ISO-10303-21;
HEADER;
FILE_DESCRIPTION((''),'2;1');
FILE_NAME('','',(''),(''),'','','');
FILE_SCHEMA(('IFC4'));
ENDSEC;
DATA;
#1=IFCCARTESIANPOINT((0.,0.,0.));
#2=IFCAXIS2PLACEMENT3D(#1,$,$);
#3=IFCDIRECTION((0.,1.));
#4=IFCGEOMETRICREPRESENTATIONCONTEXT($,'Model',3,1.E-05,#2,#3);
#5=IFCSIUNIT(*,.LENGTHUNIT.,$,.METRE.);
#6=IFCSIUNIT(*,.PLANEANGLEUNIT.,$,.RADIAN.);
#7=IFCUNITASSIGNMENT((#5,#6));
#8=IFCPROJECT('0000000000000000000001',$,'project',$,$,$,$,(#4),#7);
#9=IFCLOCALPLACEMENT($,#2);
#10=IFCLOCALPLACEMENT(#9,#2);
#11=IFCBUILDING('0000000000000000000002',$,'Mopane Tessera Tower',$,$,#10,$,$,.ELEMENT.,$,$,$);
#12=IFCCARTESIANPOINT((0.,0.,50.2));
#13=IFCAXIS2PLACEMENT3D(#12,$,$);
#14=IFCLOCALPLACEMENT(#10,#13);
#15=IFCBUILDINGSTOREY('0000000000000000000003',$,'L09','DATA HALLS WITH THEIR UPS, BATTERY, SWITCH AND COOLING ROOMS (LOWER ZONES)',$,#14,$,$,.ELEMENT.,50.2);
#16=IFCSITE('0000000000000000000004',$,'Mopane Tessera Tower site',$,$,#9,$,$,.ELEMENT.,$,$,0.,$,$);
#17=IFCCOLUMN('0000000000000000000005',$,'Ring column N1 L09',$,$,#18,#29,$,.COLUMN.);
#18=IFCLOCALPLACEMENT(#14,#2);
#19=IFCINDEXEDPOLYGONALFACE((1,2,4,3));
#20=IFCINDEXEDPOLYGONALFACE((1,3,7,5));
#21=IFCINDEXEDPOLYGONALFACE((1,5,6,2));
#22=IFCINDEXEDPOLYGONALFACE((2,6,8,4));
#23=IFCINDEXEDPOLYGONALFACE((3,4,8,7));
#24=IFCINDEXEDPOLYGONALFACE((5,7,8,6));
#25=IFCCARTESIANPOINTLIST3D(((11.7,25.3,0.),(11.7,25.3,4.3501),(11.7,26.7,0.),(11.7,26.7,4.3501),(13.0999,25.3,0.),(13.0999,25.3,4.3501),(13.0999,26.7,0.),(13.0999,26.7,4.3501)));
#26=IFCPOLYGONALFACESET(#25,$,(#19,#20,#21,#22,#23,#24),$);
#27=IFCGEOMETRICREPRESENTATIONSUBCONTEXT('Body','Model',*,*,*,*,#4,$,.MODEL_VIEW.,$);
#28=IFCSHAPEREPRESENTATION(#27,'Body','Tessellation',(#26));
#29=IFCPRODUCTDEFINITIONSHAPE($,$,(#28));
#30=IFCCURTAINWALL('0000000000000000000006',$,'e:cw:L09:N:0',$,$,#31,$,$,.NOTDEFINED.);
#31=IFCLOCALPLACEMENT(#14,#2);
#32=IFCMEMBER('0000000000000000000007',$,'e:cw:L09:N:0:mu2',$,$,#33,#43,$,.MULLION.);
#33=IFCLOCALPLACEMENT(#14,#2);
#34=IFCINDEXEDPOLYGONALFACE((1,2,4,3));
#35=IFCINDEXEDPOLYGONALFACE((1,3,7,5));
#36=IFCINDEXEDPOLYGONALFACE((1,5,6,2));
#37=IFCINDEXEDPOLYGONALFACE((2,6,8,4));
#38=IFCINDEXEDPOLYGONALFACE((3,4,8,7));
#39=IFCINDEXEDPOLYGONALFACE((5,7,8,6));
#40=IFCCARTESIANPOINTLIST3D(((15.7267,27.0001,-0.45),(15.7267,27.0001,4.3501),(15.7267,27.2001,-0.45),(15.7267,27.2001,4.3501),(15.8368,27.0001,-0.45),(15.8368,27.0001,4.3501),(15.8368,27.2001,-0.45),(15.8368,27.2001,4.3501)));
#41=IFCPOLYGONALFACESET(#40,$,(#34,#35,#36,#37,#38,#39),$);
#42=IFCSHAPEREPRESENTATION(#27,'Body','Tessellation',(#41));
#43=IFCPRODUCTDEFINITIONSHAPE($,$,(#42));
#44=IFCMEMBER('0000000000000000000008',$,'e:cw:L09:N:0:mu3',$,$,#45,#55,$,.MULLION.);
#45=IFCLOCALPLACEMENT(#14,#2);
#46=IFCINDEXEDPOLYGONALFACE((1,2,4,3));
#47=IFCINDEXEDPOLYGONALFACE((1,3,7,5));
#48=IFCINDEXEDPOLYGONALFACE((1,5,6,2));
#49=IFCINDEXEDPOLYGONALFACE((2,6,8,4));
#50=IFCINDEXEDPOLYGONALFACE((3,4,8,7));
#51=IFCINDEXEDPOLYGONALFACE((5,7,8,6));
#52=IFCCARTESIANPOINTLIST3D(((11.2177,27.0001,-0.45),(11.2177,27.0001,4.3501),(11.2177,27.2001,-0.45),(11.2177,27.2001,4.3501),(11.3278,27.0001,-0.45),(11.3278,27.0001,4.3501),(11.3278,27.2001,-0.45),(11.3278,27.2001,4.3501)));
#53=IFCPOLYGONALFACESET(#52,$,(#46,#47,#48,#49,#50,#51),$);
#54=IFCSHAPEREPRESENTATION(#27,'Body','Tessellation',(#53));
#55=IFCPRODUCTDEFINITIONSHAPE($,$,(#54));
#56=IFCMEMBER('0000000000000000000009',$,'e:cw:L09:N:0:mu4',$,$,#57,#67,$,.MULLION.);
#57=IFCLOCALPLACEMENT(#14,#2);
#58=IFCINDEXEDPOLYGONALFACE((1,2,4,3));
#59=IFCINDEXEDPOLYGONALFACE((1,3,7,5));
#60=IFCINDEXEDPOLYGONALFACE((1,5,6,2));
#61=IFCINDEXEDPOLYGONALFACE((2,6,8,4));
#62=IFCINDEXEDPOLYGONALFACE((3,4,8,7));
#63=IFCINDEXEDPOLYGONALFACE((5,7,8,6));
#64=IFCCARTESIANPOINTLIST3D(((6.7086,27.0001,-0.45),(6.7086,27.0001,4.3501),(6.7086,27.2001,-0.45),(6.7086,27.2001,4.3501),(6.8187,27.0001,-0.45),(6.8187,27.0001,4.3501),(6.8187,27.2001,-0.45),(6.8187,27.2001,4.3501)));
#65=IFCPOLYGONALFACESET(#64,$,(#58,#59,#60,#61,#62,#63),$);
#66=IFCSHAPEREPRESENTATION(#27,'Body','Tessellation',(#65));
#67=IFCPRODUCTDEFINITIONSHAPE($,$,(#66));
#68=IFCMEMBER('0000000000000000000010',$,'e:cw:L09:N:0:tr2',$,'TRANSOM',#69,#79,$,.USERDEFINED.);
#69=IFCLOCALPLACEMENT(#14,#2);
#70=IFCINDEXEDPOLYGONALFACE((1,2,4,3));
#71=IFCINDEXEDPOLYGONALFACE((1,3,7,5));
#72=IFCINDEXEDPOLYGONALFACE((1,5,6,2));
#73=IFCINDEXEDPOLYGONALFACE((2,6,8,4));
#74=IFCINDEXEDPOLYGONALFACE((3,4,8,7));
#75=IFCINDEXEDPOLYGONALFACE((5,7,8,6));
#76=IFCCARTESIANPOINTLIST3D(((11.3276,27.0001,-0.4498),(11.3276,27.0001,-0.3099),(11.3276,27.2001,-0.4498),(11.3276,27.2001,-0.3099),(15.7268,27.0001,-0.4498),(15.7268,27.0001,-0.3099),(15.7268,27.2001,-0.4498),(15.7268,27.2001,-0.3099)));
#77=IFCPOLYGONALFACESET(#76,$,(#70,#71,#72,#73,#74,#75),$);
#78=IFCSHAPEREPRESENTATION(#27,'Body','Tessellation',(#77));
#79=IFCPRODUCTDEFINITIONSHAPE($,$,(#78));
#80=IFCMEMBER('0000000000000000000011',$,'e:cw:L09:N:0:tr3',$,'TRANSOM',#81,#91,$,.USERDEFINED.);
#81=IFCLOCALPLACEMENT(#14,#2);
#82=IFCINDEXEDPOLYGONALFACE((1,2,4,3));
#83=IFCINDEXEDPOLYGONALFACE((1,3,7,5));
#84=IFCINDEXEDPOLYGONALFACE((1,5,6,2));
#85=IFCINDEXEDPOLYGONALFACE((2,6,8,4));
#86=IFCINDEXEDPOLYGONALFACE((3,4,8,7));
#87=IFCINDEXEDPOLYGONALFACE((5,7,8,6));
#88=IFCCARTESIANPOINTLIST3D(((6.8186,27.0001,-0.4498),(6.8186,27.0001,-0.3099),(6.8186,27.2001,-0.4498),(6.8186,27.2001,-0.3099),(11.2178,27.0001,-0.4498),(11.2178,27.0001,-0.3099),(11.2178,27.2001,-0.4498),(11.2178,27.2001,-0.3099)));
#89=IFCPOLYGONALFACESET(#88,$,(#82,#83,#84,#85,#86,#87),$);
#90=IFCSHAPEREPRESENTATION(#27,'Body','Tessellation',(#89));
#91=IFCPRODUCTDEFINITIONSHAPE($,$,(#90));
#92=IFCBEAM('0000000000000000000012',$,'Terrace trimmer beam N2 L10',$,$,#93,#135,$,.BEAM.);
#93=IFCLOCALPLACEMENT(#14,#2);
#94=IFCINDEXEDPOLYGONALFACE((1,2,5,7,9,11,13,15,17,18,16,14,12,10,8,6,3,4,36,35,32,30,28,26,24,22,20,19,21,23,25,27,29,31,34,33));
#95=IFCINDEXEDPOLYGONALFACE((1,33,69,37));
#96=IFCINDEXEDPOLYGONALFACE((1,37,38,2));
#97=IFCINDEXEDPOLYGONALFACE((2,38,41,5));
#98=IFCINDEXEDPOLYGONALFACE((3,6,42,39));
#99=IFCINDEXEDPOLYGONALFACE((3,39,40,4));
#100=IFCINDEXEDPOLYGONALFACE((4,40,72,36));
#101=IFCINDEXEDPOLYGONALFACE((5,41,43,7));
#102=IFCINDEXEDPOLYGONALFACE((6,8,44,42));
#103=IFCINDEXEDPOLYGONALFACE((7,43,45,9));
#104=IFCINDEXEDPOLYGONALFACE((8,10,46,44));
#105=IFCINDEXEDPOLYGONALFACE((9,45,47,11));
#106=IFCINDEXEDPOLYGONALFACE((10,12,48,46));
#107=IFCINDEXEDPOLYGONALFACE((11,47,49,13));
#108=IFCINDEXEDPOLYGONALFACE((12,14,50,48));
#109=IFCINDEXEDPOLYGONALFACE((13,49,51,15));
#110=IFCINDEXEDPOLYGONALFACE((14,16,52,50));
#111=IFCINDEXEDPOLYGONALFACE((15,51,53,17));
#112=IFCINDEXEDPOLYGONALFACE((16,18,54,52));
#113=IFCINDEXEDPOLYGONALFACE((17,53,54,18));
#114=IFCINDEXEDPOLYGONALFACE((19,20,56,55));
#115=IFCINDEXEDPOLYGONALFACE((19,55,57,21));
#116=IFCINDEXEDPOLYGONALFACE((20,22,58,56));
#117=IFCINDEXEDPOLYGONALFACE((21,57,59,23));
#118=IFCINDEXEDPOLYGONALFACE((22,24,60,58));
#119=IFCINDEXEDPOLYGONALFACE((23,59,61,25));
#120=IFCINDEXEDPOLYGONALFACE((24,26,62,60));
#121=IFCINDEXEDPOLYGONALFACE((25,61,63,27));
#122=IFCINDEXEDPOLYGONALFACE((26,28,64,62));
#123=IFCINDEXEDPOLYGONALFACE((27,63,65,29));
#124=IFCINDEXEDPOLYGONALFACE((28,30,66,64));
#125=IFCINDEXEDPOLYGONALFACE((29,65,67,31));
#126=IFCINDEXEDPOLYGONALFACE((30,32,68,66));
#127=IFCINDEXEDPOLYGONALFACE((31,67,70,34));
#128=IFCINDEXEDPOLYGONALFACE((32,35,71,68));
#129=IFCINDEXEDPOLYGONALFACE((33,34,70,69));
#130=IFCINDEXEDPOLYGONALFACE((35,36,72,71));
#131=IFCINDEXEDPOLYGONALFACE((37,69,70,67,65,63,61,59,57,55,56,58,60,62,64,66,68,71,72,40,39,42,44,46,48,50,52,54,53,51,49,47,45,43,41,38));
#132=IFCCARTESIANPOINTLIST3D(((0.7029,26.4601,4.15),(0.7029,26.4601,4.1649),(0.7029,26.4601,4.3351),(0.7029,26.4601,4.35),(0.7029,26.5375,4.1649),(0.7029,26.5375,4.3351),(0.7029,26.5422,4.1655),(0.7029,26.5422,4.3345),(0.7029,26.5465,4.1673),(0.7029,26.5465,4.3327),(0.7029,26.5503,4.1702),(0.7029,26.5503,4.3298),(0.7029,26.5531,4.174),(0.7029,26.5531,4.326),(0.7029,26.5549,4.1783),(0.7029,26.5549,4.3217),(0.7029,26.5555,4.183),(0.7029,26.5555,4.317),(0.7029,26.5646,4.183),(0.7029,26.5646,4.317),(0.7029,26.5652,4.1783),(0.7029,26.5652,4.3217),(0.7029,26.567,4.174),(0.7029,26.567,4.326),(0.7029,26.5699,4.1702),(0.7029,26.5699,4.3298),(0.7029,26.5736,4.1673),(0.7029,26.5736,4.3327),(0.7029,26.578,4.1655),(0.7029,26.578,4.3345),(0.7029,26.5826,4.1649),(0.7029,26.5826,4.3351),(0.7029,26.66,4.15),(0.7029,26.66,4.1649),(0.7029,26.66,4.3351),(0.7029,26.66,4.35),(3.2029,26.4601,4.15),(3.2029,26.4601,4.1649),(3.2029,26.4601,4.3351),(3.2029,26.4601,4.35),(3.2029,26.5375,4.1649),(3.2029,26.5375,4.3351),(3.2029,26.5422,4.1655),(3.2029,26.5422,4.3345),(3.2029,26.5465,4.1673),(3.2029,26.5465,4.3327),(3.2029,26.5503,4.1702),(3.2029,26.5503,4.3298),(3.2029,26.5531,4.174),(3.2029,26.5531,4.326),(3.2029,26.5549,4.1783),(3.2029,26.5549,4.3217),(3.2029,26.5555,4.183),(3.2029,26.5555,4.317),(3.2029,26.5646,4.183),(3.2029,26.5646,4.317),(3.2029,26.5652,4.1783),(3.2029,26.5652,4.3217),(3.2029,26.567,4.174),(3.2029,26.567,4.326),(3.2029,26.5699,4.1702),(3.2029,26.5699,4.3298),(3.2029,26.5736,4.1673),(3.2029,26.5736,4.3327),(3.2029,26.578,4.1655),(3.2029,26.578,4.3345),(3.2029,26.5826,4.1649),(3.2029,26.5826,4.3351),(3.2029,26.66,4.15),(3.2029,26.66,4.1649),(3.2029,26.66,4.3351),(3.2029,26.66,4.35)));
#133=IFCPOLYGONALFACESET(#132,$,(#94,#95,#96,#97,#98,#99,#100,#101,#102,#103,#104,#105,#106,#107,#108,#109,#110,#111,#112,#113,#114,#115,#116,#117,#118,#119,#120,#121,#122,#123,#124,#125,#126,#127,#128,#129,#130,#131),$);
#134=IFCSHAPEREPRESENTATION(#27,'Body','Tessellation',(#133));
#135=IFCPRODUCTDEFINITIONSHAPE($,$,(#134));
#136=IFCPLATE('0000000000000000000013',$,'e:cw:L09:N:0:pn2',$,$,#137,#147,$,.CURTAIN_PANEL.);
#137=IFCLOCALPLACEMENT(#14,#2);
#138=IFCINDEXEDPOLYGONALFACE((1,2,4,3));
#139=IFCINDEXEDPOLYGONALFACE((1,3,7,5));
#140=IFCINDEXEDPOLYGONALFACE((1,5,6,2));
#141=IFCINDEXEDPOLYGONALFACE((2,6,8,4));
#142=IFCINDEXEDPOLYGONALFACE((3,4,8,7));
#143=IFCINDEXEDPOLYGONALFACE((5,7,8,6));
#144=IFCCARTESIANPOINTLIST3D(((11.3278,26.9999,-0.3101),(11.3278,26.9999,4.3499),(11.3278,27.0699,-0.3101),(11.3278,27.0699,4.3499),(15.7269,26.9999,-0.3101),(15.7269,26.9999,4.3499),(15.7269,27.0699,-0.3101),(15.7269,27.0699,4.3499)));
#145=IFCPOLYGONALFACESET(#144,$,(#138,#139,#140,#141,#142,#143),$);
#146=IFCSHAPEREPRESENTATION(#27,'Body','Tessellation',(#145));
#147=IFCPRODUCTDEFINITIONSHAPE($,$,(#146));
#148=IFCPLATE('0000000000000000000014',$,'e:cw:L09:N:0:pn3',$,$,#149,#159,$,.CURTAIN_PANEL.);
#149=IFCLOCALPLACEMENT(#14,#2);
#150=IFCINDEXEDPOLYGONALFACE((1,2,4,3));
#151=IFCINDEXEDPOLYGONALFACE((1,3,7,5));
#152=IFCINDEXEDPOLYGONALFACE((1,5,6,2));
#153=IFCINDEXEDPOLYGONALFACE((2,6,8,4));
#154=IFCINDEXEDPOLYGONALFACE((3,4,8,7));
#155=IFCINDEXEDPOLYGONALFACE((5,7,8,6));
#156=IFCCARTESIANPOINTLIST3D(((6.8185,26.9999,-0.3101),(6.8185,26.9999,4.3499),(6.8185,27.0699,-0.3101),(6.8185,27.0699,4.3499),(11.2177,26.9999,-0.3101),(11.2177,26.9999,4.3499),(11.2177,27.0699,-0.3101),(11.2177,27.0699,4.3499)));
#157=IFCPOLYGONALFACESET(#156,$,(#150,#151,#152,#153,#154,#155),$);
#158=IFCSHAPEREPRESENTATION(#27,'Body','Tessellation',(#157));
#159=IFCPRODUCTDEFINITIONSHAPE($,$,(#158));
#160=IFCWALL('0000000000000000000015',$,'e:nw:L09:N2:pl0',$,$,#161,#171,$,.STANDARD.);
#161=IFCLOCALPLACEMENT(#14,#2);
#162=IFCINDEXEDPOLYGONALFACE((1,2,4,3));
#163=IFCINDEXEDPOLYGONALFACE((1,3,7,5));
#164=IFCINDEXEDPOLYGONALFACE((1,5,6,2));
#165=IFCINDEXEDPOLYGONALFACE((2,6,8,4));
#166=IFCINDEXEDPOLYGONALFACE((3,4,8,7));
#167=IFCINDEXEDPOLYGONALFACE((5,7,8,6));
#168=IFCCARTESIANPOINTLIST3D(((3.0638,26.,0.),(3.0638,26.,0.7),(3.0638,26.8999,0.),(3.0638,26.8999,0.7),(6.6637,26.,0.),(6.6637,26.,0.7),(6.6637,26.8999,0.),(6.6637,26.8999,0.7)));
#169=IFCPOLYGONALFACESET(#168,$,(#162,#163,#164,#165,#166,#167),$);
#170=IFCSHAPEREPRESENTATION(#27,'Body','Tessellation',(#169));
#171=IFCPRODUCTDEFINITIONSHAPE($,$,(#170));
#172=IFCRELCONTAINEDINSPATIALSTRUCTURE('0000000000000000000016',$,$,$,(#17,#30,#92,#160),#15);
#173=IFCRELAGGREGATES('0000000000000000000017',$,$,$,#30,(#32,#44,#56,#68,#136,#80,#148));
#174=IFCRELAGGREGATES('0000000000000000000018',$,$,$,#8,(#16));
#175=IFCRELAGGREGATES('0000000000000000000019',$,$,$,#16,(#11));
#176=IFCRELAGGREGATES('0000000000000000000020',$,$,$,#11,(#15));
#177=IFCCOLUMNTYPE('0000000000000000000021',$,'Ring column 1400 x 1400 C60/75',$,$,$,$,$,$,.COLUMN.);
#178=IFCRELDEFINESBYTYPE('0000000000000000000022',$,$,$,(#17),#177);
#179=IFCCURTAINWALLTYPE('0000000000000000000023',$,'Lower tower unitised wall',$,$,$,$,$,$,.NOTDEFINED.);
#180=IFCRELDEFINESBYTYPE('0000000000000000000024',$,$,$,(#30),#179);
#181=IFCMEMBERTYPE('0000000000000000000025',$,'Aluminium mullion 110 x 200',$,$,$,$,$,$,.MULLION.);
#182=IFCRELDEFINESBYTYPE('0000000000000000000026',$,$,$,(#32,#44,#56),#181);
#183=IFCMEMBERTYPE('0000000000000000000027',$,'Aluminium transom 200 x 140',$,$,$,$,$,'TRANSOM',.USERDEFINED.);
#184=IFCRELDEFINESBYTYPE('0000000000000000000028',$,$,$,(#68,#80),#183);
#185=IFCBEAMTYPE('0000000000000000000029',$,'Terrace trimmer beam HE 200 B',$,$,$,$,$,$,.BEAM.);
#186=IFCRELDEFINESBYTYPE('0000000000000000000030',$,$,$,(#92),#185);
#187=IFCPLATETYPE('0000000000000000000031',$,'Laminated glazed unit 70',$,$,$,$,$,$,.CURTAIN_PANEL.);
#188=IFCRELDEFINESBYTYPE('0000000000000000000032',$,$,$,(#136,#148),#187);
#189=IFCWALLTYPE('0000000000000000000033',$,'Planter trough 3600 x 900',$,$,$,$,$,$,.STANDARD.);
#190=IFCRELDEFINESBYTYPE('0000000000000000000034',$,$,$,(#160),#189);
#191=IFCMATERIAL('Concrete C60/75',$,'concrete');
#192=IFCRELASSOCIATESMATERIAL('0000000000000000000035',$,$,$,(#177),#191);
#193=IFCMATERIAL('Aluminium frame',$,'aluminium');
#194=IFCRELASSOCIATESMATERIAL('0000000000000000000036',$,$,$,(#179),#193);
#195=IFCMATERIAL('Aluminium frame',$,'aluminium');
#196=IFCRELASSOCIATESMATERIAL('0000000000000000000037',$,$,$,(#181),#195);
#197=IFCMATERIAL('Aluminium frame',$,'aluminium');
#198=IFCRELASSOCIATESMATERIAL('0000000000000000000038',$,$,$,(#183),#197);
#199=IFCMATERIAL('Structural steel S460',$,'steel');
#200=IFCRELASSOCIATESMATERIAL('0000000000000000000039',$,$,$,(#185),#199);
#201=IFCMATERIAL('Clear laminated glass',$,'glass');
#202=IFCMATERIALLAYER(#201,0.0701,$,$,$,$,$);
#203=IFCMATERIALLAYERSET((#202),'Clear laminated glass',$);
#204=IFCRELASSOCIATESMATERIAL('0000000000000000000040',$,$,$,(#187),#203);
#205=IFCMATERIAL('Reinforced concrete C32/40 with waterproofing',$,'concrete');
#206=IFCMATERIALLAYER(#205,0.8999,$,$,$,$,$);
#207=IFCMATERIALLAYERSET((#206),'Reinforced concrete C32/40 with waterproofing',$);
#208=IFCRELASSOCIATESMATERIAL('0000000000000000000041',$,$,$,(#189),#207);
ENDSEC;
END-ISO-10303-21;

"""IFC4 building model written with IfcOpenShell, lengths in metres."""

from ifc_helpers import new_model, si_unit, direction, frame, frame_2d, origin, origin_2d, place, context, subcontext, project, spatial, rectangle, i_section, extrude, material, layer, layer_set, material_profile, profile_set, type_object, element, aggregate, save


model = new_model("IFC4")

# Units and contexts
model_context = context("Model", 3, precision=1e-05, world=origin(), true_north=direction((0.0, 1.0)))
body_context = subcontext(model_context, "Body", "Model", "MODEL_VIEW")
ifc_project = project(units=[si_unit("LENGTHUNIT", "METRE"), si_unit("PLANEANGLEUNIT", "RADIAN")], contexts=[model_context])

# Site, building, storey
site_placement = place(None, origin())
site = spatial("IfcSite", under=ifc_project, at=site_placement, Name="Mopane Tessera Tower site", CompositionType="ELEMENT", RefElevation=0.0)
building_placement = place(site_placement, origin())
building = spatial("IfcBuilding", under=site, at=building_placement, Name="Mopane Tessera Tower", CompositionType="ELEMENT")
storey_placement = place(building_placement, frame((0.0, 0.0, 50.2)))
storey = spatial("IfcBuildingStorey", under=building, at=storey_placement, Name="L09", Description="DATA HALLS WITH THEIR UPS, BATTERY, SWITCH AND COOLING ROOMS (LOWER ZONES)", CompositionType="ELEMENT", Elevation=50.2)

# Column
ifc_material_1 = material(Name="Concrete C60/75", Category="concrete")
ifc_material_profile_1 = material_profile(ifc_material_1, rectangle(XDim=1.3999, YDim=1.3999, at=origin_2d()))
ifc_profile_set_1 = profile_set([ifc_material_profile_1], Name="Concrete C60/75")
column_type = type_object("IfcColumnType", Name="Ring column 1400 x 1400 C60/75", PredefinedType="COLUMN", material=ifc_profile_set_1)
column_placement = place(storey_placement, frame((12.3999, 26.0, 0.0), z_axis=(0.0, 0.0, 1.0), x_axis=(1.0, 0.0, 0.0)))
element("IfcColumn", 1, at=column_placement, inside=storey, type_object=column_type, Name="Ring column N1 L09", PredefinedType="COLUMN", context=body_context, shape_type="SweptSolid", body=[
    extrude(rectangle(XDim=1.3999, YDim=1.3999, at=origin_2d()), origin(), (0.0, 0.0, 1.0), 4.3501),
])

# Curtain wall, members
ifc_material_2 = material(Name="Aluminium frame", Category="aluminium")
curtain_wall_type = type_object("IfcCurtainWallType", Name="Lower tower unitised wall", PredefinedType="NOTDEFINED", material=ifc_material_2)
curtain_wall_placement = place(storey_placement, origin())
curtain_wall = element("IfcCurtainWall", 2, at=curtain_wall_placement, inside=storey, type_object=curtain_wall_type, Name="e:cw:L09:N:0", PredefinedType="NOTDEFINED")
ifc_material_3 = material(Name="Aluminium frame", Category="aluminium")
ifc_material_profile_2 = material_profile(ifc_material_3, rectangle(XDim=0.1101, YDim=0.2, at=origin_2d()))
ifc_profile_set_2 = profile_set([ifc_material_profile_2], Name="Aluminium frame")
member_type_1 = type_object("IfcMemberType", Name="Aluminium mullion 110 x 200", PredefinedType="MULLION", material=ifc_profile_set_2)
member_1_placement = place(storey_placement, frame((15.7817, 27.1001, -0.45), z_axis=(0.0, 0.0, 1.0), x_axis=(-1.0, 0.0, 0.0)))
member_1 = element("IfcMember", 3, at=member_1_placement, type_object=member_type_1, Name="e:cw:L09:N:0:mu2", PredefinedType="MULLION", context=body_context, shape_type="SweptSolid", body=[
    extrude(rectangle(XDim=0.1101, YDim=0.2, at=origin_2d()), origin(), (0.0, 0.0, 1.0), 4.8),
])
member_2_placement = place(storey_placement, frame((11.2727, 27.1001, -0.45), z_axis=(0.0, 0.0, 1.0), x_axis=(-1.0, 0.0, 0.0)))
member_2 = element("IfcMember", 4, at=member_2_placement, type_object=member_type_1, Name="e:cw:L09:N:0:mu3", PredefinedType="MULLION", context=body_context, shape_type="SweptSolid", body=[
    extrude(rectangle(XDim=0.1101, YDim=0.2, at=origin_2d()), origin(), (0.0, 0.0, 1.0), 4.8),
])
member_3_placement = place(storey_placement, frame((6.7637, 27.1001, -0.45), z_axis=(0.0, 0.0, 1.0), x_axis=(-1.0, 0.0, 0.0)))
member_3 = element("IfcMember", 5, at=member_3_placement, type_object=member_type_1, Name="e:cw:L09:N:0:mu4", PredefinedType="MULLION", context=body_context, shape_type="SweptSolid", body=[
    extrude(rectangle(XDim=0.1101, YDim=0.2, at=origin_2d()), origin(), (0.0, 0.0, 1.0), 4.8),
])
ifc_material_4 = material(Name="Aluminium frame", Category="aluminium")
ifc_material_profile_3 = material_profile(ifc_material_4, rectangle(XDim=0.2, YDim=0.1399, at=origin_2d()))
ifc_profile_set_3 = profile_set([ifc_material_profile_3], Name="Aluminium frame")
member_type_2 = type_object("IfcMemberType", Name="Aluminium transom 200 x 140", ElementType="TRANSOM", PredefinedType="USERDEFINED", material=ifc_profile_set_3)
member_4_placement = place(storey_placement, frame((15.7268, 27.1001, -0.3799), z_axis=(-1.0, 0.0, 0.0), x_axis=(0.0, -1.0, 0.0)))
member_4 = element("IfcMember", 6, at=member_4_placement, type_object=member_type_2, Name="e:cw:L09:N:0:tr2", ObjectType="TRANSOM", PredefinedType="USERDEFINED", context=body_context, shape_type="SweptSolid", body=[
    extrude(rectangle(XDim=0.2, YDim=0.1399, at=origin_2d()), origin(), (0.0, 0.0, 1.0), 4.3992),
])
member_5_placement = place(storey_placement, frame((11.2178, 27.1001, -0.3799), z_axis=(-1.0, 0.0, 0.0), x_axis=(0.0, -1.0, 0.0)))
member_5 = element("IfcMember", 7, at=member_5_placement, type_object=member_type_2, Name="e:cw:L09:N:0:tr3", ObjectType="TRANSOM", PredefinedType="USERDEFINED", context=body_context, shape_type="SweptSolid", body=[
    extrude(rectangle(XDim=0.2, YDim=0.1399, at=origin_2d()), origin(), (0.0, 0.0, 1.0), 4.3992),
])

# Beam
ifc_material_5 = material(Name="Structural steel S460", Category="steel")
ifc_material_profile_4 = material_profile(ifc_material_5, i_section(OverallWidth=0.2, OverallDepth=0.2, WebThickness=0.009, FlangeThickness=0.0149, FilletRadius=0.0181, at=origin_2d()))
ifc_profile_set_4 = profile_set([ifc_material_profile_4], Name="Structural steel S460")
beam_type = type_object("IfcBeamType", Name="Terrace trimmer beam HE 200 B", PredefinedType="BEAM", material=ifc_profile_set_4)
beam_placement = place(storey_placement, frame((0.7029, 26.5601, 4.25), z_axis=(1.0, 0.0, 0.0), x_axis=(0.0, 1.0, 0.0)))
element("IfcBeam", 8, at=beam_placement, inside=storey, type_object=beam_type, Name="Terrace trimmer beam N2 L10", PredefinedType="BEAM", context=body_context, shape_type="SweptSolid", body=[
    extrude(i_section(OverallWidth=0.2, OverallDepth=0.2, WebThickness=0.009, FlangeThickness=0.0149, FilletRadius=0.0181, at=origin_2d()), origin(), (0.0, 0.0, 1.0), 2.5),
])

# Plates
ifc_material_6 = material(Name="Clear laminated glass", Category="glass")
ifc_layer_1 = layer(ifc_material_6, 0.0701)
ifc_layer_set_1 = layer_set([ifc_layer_1], Name="Clear laminated glass")
plate_type = type_object("IfcPlateType", Name="Laminated glazed unit 70", PredefinedType="CURTAIN_PANEL", material=ifc_layer_set_1)
plate_1_placement = place(storey_placement, frame((13.5273, 27.0349, -0.3101), z_axis=(0.0, 0.0, 1.0), x_axis=(-1.0, 0.0, 0.0)))
plate_1 = element("IfcPlate", 9, at=plate_1_placement, type_object=plate_type, Name="e:cw:L09:N:0:pn2", PredefinedType="CURTAIN_PANEL", context=body_context, shape_type="SweptSolid", body=[
    extrude(rectangle(XDim=4.3992, YDim=0.0701, at=origin_2d()), origin(), (0.0, 0.0, 1.0), 4.6599),
])
plate_2_placement = place(storey_placement, frame((9.0181, 27.0349, -0.3101), z_axis=(0.0, 0.0, 1.0), x_axis=(-1.0, 0.0, 0.0)))
plate_2 = element("IfcPlate", 10, at=plate_2_placement, type_object=plate_type, Name="e:cw:L09:N:0:pn3", PredefinedType="CURTAIN_PANEL", context=body_context, shape_type="SweptSolid", body=[
    extrude(rectangle(XDim=4.3992, YDim=0.0701, at=origin_2d()), origin(), (0.0, 0.0, 1.0), 4.6599),
])
aggregate(curtain_wall, [member_1, member_2, member_3, member_4, plate_1, member_5, plate_2])

# Wall
ifc_material_7 = material(Name="Reinforced concrete C32/40 with waterproofing", Category="concrete")
ifc_layer_2 = layer(ifc_material_7, 0.8999)
ifc_layer_set_2 = layer_set([ifc_layer_2], Name="Reinforced concrete C32/40 with waterproofing")
wall_type_1 = type_object("IfcWallType", Name="Planter trough 3600 x 900", PredefinedType="STANDARD", material=ifc_layer_set_2)
wall_1_placement = place(storey_placement, frame((6.6636, 26.45, 0.0), z_axis=(0.0, 0.0, 1.0), x_axis=(-1.0, 0.0, 0.0)))
element("IfcWall", 11, at=wall_1_placement, inside=storey, type_object=wall_type_1, Name="e:nw:L09:N2:pl0", PredefinedType="STANDARD", context=body_context, shape_type="SweptSolid", body=[
    extrude(rectangle(XDim=3.5999, YDim=0.8999, at=frame_2d((1.7998, 0.0))), origin(), (0.0, 0.0, 1.0), 0.7),
])

save(model, "model.ifc")
